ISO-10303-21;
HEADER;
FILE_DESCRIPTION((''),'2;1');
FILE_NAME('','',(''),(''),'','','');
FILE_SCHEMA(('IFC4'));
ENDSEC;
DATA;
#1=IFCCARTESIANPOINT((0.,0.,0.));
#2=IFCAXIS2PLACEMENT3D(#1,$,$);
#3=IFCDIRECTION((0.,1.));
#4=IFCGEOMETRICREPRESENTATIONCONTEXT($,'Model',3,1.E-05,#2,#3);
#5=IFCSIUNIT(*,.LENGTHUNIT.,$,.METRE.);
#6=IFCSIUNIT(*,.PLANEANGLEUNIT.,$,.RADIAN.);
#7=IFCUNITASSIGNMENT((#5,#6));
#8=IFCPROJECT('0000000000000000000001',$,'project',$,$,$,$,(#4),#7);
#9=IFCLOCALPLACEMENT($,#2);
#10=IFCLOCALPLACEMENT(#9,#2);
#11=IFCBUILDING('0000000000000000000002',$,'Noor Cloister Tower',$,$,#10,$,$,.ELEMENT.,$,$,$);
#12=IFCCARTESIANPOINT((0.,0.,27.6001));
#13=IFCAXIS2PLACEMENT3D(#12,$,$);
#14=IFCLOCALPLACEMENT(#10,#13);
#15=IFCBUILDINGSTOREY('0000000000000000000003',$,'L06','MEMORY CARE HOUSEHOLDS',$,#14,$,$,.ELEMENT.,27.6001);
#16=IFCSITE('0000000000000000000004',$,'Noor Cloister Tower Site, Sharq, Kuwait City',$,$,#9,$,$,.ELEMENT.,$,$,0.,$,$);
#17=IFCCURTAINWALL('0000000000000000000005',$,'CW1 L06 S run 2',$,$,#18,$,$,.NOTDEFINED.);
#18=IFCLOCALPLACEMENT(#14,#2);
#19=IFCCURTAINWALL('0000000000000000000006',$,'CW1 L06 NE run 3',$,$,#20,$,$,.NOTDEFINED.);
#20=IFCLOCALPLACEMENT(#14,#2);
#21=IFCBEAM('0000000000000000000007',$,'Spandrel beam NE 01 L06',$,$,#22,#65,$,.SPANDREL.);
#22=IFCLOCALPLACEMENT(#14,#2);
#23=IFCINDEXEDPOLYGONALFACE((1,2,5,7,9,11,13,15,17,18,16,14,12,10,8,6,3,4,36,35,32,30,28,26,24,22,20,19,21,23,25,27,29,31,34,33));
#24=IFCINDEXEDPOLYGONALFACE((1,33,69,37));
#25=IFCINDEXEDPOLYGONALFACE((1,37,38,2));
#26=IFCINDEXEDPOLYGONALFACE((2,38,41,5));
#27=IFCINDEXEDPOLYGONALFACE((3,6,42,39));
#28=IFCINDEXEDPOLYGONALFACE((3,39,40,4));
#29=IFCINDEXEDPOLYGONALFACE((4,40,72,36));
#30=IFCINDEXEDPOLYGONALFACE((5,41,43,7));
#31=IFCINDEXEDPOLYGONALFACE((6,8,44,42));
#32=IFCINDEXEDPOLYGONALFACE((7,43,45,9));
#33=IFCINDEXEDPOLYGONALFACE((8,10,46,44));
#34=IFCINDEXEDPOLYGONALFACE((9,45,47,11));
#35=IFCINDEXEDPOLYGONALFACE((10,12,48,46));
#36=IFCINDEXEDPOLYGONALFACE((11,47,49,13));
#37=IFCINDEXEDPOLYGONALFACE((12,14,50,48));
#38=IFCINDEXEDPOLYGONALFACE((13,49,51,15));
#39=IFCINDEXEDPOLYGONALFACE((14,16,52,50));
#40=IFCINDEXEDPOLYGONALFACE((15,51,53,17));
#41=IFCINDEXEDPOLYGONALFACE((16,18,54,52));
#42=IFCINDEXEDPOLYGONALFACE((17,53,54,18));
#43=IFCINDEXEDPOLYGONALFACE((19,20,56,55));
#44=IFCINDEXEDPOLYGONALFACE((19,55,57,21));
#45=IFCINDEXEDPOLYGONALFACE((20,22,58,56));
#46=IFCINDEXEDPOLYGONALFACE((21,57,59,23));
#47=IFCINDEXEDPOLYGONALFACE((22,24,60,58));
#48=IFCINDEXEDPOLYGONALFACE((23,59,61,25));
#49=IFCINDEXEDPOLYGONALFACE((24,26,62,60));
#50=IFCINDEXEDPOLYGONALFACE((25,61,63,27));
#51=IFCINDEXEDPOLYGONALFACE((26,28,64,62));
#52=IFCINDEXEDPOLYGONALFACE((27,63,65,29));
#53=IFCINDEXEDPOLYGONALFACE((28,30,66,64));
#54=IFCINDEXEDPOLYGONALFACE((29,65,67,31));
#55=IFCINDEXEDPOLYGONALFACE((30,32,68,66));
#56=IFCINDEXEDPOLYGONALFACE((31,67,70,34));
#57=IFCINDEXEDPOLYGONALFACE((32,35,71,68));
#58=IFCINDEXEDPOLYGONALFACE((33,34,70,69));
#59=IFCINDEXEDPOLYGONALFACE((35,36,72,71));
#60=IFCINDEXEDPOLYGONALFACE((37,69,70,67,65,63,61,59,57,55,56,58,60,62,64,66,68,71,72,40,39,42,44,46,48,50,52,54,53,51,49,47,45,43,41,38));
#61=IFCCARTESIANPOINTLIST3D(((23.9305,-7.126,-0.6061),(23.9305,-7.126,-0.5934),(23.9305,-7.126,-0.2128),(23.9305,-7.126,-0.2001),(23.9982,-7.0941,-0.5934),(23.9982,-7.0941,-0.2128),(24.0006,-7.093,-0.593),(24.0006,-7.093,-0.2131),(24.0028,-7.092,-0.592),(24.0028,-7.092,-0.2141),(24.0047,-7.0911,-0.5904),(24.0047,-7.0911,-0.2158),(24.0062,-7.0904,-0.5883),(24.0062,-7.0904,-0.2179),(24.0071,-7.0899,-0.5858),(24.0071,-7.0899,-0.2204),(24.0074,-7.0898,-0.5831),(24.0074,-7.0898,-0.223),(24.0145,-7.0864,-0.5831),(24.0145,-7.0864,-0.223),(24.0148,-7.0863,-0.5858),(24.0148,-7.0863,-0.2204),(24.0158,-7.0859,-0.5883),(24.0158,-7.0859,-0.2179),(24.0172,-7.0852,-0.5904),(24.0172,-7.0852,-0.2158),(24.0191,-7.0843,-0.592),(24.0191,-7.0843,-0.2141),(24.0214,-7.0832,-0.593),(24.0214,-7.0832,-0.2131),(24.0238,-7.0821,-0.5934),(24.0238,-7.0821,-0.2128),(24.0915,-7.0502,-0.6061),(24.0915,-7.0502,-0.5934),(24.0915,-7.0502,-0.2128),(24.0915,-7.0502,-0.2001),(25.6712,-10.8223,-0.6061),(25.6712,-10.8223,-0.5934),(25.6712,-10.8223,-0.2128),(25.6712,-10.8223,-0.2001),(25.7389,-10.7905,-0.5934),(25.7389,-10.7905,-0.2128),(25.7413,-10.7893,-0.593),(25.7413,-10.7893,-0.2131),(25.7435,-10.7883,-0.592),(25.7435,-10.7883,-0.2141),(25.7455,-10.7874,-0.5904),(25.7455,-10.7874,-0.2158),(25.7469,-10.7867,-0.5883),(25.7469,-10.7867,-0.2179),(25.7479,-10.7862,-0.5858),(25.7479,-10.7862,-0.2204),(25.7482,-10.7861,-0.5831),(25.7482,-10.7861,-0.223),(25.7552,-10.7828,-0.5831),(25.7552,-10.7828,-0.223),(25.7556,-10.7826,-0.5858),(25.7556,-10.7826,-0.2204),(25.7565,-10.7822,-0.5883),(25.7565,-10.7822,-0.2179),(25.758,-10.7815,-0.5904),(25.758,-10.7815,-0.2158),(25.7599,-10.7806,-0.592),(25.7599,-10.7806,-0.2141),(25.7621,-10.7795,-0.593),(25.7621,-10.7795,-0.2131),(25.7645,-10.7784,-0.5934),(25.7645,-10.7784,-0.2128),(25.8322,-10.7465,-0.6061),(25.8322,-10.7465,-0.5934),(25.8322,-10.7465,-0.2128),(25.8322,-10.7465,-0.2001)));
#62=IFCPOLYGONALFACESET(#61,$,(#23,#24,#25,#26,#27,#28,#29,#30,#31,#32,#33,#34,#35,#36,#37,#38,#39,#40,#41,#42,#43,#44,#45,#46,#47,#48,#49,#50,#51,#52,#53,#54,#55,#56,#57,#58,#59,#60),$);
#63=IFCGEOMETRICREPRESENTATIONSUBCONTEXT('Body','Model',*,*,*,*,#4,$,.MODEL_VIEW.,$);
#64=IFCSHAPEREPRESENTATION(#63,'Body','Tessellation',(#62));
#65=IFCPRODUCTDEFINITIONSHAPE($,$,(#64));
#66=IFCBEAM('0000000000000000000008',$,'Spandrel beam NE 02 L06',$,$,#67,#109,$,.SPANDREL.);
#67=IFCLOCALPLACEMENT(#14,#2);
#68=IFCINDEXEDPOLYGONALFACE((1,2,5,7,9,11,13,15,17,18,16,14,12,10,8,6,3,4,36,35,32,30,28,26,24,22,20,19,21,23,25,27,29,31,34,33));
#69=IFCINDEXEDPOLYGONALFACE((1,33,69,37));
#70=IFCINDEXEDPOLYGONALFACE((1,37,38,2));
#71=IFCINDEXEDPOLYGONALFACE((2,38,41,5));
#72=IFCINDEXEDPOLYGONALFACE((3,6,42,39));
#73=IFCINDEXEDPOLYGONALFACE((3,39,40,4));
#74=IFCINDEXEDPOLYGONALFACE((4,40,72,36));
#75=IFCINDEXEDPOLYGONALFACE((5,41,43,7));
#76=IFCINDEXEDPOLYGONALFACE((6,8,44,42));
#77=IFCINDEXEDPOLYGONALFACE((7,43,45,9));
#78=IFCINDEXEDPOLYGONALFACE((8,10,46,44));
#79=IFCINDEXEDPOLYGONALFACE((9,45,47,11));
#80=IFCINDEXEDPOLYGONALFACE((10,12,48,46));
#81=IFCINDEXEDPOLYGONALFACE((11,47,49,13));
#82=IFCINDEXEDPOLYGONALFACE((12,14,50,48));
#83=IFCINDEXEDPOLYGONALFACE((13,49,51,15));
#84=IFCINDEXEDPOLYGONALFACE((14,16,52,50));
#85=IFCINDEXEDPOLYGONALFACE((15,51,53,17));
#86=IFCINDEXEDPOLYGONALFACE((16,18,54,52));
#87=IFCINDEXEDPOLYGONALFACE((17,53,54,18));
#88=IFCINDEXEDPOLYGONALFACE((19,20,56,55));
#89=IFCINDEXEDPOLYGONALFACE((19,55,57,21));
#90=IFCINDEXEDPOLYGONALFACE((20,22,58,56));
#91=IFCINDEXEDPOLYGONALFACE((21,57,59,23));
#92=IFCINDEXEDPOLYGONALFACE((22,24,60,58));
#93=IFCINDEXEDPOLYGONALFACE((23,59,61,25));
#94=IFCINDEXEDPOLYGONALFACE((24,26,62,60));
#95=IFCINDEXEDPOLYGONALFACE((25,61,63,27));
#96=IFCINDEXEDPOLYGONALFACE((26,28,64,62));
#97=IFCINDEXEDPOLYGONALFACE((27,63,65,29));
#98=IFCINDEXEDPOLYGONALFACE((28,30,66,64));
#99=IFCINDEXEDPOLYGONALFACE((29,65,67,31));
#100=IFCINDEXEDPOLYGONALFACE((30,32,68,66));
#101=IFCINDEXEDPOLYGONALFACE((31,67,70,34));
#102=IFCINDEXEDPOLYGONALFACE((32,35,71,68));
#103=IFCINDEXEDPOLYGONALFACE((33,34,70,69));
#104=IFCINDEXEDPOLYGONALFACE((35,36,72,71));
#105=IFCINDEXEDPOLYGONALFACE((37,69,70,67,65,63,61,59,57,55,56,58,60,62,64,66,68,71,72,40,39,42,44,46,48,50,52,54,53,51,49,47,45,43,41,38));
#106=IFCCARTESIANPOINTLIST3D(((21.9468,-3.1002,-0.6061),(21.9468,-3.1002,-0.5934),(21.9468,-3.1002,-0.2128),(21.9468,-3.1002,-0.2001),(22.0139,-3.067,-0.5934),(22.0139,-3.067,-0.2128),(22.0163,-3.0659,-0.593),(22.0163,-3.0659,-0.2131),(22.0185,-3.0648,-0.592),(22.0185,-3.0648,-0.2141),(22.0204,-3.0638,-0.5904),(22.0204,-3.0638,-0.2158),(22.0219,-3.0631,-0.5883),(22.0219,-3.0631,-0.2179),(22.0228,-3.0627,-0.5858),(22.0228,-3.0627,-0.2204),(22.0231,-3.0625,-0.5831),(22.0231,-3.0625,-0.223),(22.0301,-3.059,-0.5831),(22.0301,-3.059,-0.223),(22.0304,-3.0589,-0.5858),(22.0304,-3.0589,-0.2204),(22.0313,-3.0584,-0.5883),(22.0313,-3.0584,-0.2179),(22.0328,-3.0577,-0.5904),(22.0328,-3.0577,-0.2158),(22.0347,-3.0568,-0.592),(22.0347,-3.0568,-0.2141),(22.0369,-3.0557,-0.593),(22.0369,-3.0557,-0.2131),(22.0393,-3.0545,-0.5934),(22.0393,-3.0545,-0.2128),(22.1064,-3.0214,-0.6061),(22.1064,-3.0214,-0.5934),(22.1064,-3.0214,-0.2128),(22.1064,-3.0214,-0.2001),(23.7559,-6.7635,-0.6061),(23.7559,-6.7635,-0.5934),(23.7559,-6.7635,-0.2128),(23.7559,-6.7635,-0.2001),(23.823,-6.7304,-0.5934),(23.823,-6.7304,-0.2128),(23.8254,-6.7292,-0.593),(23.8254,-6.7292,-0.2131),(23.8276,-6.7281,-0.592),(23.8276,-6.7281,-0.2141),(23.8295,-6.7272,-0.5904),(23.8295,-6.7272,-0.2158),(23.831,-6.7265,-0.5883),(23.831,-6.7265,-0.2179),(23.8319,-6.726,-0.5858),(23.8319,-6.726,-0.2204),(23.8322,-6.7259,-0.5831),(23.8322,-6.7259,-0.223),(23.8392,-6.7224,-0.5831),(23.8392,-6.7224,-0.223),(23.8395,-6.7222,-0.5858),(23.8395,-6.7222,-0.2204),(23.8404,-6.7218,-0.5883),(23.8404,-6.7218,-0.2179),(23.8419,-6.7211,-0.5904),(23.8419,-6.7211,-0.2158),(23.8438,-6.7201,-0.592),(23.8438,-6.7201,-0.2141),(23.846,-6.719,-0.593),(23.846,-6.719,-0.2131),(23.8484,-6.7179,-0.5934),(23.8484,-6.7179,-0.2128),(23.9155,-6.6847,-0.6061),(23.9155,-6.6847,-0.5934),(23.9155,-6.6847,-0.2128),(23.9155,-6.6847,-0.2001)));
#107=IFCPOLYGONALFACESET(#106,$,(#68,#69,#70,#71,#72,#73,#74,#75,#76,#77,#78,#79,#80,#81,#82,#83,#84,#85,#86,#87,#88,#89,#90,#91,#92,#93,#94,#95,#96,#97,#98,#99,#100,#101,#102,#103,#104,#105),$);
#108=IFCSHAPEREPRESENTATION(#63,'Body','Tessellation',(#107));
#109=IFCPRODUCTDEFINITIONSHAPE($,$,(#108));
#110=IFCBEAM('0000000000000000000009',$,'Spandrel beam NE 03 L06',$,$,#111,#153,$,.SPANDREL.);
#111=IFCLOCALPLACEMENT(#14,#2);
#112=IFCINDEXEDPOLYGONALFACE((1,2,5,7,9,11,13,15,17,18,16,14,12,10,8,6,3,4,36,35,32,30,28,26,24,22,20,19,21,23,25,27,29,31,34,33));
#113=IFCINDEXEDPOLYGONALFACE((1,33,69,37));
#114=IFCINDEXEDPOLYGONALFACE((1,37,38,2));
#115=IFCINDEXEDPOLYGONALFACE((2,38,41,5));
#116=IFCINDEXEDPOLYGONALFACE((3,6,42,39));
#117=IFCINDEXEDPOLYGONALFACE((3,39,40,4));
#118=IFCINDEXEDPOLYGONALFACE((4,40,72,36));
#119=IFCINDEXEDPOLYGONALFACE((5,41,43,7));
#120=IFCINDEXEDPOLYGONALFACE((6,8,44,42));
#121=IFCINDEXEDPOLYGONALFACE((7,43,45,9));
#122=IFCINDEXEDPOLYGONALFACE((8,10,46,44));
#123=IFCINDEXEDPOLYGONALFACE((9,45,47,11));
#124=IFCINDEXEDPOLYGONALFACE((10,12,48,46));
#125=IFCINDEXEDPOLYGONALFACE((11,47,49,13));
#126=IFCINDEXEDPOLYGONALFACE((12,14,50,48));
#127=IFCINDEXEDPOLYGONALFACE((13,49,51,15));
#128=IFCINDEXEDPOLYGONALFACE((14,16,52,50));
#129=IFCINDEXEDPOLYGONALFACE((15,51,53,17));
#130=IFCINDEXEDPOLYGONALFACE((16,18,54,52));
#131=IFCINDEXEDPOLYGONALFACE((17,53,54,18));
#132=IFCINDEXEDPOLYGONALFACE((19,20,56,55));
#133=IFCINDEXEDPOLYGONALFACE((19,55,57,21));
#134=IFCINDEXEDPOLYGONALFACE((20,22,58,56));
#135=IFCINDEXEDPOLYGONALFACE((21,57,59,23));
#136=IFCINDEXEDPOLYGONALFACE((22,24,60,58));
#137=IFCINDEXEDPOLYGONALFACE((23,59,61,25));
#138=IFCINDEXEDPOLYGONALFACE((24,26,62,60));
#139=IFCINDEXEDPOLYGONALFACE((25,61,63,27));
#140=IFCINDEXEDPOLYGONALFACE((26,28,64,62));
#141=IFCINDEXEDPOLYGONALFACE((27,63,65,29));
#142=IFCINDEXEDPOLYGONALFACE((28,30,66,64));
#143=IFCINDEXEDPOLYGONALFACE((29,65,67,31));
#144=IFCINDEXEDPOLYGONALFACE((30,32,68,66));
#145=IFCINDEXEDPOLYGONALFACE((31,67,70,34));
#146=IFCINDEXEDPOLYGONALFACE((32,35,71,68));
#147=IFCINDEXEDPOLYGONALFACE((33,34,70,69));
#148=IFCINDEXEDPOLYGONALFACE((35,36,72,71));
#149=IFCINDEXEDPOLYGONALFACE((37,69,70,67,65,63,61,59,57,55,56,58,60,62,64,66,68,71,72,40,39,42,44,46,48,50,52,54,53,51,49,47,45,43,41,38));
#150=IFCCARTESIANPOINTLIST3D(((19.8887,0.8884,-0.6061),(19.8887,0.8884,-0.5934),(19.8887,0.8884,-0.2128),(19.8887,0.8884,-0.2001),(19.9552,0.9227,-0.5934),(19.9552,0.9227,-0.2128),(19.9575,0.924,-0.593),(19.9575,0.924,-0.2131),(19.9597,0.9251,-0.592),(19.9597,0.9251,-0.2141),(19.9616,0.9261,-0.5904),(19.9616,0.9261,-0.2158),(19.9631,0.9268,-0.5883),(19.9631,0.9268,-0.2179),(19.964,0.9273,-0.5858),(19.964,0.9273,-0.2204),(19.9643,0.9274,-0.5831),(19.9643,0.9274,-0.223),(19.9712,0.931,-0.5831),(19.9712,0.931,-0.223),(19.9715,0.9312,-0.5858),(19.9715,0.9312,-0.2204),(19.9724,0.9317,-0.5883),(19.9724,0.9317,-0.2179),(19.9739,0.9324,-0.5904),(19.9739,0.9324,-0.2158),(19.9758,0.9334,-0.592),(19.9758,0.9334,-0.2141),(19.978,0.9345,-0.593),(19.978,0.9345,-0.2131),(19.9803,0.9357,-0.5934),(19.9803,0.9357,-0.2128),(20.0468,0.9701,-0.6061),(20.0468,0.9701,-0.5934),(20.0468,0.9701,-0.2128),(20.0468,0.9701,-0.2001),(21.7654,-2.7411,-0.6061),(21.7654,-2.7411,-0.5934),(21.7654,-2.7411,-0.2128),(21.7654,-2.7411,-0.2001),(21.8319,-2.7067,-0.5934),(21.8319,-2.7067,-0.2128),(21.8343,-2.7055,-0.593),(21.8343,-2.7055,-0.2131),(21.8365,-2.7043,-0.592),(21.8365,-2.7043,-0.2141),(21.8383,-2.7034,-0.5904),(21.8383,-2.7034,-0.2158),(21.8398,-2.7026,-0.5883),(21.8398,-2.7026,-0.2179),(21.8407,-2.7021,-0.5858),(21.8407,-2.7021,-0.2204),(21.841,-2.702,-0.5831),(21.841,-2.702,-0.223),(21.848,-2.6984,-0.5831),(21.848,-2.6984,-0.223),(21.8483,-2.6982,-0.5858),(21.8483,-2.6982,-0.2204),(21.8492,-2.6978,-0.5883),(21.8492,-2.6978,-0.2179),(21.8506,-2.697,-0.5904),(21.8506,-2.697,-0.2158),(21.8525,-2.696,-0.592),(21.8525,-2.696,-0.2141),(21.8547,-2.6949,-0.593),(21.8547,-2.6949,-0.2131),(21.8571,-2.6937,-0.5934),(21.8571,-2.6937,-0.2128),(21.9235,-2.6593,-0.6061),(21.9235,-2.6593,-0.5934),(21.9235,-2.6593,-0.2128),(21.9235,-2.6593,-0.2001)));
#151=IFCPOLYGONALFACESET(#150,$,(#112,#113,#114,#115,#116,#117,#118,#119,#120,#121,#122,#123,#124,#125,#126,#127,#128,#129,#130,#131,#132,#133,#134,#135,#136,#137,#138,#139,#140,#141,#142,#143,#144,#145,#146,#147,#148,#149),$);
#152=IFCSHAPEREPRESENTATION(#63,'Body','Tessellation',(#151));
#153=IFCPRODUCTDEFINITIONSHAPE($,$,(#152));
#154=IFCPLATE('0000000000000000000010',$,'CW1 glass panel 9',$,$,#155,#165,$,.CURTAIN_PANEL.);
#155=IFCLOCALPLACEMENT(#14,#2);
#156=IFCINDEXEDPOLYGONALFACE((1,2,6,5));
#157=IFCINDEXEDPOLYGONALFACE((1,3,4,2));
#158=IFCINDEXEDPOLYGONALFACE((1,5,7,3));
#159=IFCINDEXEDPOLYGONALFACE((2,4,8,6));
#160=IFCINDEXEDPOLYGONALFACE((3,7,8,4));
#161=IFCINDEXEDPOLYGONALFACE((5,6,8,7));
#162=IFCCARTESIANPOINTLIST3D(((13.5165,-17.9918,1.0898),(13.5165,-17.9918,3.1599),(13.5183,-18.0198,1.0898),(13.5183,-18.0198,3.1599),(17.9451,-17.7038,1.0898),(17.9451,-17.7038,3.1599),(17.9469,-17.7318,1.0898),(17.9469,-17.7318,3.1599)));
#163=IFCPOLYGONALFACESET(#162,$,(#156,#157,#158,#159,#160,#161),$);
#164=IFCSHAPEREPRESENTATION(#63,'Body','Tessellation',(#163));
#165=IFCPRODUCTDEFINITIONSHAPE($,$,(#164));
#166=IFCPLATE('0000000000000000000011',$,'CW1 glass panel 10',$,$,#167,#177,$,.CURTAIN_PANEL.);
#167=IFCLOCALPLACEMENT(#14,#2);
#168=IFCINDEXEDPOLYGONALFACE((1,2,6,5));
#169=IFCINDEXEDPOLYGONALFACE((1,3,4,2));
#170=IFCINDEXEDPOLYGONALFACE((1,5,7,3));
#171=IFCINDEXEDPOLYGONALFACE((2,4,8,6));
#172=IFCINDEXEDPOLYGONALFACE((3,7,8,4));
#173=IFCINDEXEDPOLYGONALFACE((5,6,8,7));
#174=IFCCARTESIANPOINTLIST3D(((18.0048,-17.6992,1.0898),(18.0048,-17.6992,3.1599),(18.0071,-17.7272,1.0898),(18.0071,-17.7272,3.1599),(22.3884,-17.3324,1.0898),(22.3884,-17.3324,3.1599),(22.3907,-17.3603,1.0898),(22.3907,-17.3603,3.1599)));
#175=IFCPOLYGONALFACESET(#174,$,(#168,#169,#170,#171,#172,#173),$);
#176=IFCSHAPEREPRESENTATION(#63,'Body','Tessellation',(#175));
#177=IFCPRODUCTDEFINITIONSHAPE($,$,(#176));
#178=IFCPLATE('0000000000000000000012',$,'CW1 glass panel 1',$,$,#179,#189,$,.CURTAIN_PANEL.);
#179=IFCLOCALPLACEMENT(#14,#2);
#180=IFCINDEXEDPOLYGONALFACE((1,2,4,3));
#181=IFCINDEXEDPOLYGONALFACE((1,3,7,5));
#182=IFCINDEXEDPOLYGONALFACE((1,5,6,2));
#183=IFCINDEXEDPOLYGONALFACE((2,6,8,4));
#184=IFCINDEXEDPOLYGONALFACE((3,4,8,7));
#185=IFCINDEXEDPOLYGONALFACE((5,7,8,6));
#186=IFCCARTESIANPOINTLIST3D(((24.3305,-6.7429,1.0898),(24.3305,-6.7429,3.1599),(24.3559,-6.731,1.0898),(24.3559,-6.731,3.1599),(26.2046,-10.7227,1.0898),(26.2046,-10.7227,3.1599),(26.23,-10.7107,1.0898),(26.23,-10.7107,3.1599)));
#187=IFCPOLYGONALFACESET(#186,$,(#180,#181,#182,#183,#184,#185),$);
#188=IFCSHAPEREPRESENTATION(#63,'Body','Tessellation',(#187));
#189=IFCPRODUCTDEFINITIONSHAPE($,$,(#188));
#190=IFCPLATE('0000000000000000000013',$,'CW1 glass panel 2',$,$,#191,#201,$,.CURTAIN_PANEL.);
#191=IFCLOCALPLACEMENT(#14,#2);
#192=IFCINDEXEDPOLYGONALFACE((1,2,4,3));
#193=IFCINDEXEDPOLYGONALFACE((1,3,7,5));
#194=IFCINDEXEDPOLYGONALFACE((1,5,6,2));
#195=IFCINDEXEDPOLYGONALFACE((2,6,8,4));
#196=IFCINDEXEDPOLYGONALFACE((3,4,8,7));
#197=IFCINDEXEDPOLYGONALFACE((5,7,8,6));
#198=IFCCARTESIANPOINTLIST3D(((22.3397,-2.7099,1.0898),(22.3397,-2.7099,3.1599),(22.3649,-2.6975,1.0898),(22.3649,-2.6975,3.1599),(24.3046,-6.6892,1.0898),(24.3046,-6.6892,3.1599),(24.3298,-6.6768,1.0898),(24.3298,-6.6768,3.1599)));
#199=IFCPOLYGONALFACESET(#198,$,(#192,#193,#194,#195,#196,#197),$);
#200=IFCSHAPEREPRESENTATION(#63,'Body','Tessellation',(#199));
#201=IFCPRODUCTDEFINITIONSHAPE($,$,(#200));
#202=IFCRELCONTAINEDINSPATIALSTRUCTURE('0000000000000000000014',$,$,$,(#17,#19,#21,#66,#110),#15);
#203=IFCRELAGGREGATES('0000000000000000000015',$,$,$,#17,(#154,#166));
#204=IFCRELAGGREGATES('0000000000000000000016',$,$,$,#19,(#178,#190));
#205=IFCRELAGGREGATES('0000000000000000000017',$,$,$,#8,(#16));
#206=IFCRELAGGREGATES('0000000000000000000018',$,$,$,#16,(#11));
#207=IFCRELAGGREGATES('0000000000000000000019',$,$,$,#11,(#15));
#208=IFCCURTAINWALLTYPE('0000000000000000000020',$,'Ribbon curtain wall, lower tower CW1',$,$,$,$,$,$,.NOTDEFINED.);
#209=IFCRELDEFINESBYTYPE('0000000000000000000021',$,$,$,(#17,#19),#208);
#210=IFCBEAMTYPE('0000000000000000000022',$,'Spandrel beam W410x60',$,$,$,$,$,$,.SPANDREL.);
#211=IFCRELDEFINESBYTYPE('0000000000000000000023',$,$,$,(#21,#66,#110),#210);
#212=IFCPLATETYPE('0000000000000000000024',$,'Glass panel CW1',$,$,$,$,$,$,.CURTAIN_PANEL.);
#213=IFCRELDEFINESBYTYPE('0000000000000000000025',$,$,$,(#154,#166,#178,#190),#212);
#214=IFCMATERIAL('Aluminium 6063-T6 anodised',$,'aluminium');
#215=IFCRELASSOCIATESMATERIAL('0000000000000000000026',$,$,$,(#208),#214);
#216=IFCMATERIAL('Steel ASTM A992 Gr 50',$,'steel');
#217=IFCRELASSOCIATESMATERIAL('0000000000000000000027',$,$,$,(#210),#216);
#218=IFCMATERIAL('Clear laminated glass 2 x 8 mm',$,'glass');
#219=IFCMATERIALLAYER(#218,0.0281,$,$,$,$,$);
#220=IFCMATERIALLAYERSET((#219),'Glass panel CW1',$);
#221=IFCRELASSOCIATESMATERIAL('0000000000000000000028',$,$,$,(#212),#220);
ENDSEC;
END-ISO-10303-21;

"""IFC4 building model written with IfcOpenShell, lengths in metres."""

from ifc_helpers import new_model, si_unit, direction, frame, origin, origin_2d, place, context, subcontext, project, spatial, rectangle, i_section, extrude, material, layer, layer_set, material_profile, profile_set, type_object, element, aggregate, save


model = new_model("IFC4")

# Units and contexts
model_context = context("Model", 3, precision=1e-05, world=origin(), true_north=direction((0.0, 1.0)))
body_context = subcontext(model_context, "Body", "Model", "MODEL_VIEW")
ifc_project = project(units=[si_unit("LENGTHUNIT", "METRE"), si_unit("PLANEANGLEUNIT", "RADIAN")], contexts=[model_context])

# Site, building, storey
site_placement = place(None, origin())
site = spatial("IfcSite", under=ifc_project, at=site_placement, Name="Noor Cloister Tower Site, Sharq, Kuwait City", CompositionType="ELEMENT", RefElevation=0.0)
building_placement = place(site_placement, origin())
building = spatial("IfcBuilding", under=site, at=building_placement, Name="Noor Cloister Tower", CompositionType="ELEMENT")
storey_placement = place(building_placement, frame((0.0, 0.0, 27.6001)))
storey = spatial("IfcBuildingStorey", under=building, at=storey_placement, Name="L06", Description="MEMORY CARE HOUSEHOLDS", CompositionType="ELEMENT", Elevation=27.6001)

# Curtain walls
ifc_material_1 = material(Name="Aluminium 6063-T6 anodised", Category="aluminium")
curtain_wall_type = type_object("IfcCurtainWallType", Name="Ribbon curtain wall, lower tower CW1", PredefinedType="NOTDEFINED", material=ifc_material_1)
curtain_wall_1_placement = place(storey_placement, origin())
curtain_wall_1 = element("IfcCurtainWall", 1, at=curtain_wall_1_placement, inside=storey, type_object=curtain_wall_type, Name="CW1 L06 S run 2", PredefinedType="NOTDEFINED")
curtain_wall_2_placement = place(storey_placement, origin())
curtain_wall_2 = element("IfcCurtainWall", 2, at=curtain_wall_2_placement, inside=storey, type_object=curtain_wall_type, Name="CW1 L06 NE run 3", PredefinedType="NOTDEFINED")

# Beams
ifc_material_2 = material(Name="Steel ASTM A992 Gr 50", Category="steel")
ifc_material_profile_1 = material_profile(ifc_material_2, i_section(OverallWidth=0.178, OverallDepth=0.406, WebThickness=0.0078, FlangeThickness=0.0127, FilletRadius=0.0103, at=origin_2d()), Name="W410x60")
ifc_profile_set_1 = profile_set([ifc_material_profile_1], Name="Steel ASTM A992 Gr 50")
beam_type_1 = type_object("IfcBeamType", Name="Spandrel beam W410x60", PredefinedType="SPANDREL", material=ifc_profile_set_1)
for number, where, z_axis, x_axis, name in (
    (3, (25.7517, -10.7844, -0.4031), (-0.426056, 0.904697, 0.0), (-0.904697, -0.426056, 0.0), "Spandrel beam NE 01 L06"),
    (4, (23.8357, -6.7241, -0.4031), (-0.442786, 0.896627, 0.0), (-0.896627, -0.442786, 0.0), "Spandrel beam NE 02 L06"),
):
    element("IfcBeam", number, at=place(storey_placement, frame(where, z_axis=z_axis, x_axis=x_axis)), inside=storey, type_object=beam_type_1, Name=name, PredefinedType="SPANDREL", context=body_context, shape_type="SweptSolid", body=[
        extrude(i_section(OverallWidth=0.178, OverallDepth=0.406, WebThickness=0.0078, FlangeThickness=0.0127, FilletRadius=0.0103, at=origin_2d()), origin(), (0.0, 0.0, 1.0), 4.0857),
    ])
beam_1_placement = place(storey_placement, frame((21.8445, -2.7002, -0.4031), z_axis=(-0.459314, 0.888274, 0.0), x_axis=(-0.888274, -0.459314, 0.0)))
element("IfcBeam", 5, at=beam_1_placement, inside=storey, type_object=beam_type_1, Name="Spandrel beam NE 03 L06", PredefinedType="SPANDREL", context=body_context, shape_type="SweptSolid", body=[
    extrude(i_section(OverallWidth=0.178, OverallDepth=0.406, WebThickness=0.0078, FlangeThickness=0.0127, FilletRadius=0.0103, at=origin_2d()), origin(), (0.0, 0.0, 1.0), 4.0859),
])

# Plates
ifc_material_3 = material(Name="Clear laminated glass 2 x 8 mm", Category="glass")
ifc_layer_1 = layer(ifc_material_3, 0.0281)
ifc_layer_set_1 = layer_set([ifc_layer_1], Name="Glass panel CW1")
plate_type = type_object("IfcPlateType", Name="Glass panel CW1", PredefinedType="CURTAIN_PANEL", material=ifc_layer_set_1)
plate_1_placement = place(storey_placement, frame((15.7317, -17.8618, 1.0898), z_axis=(0.0, 0.0, 1.0), x_axis=(0.997892, 0.064893, 0.0)))
plate_1 = element("IfcPlate", 6, at=plate_1_placement, type_object=plate_type, Name="CW1 glass panel 9", PredefinedType="CURTAIN_PANEL", context=body_context, shape_type="SweptSolid", body=[
    extrude(rectangle(XDim=4.438, YDim=0.0281, at=origin_2d()), origin(), (0.0, 0.0, 1.0), 2.0701),
])
plate_2_placement = place(storey_placement, frame((20.1978, -17.5298, 1.0898), z_axis=(0.0, 0.0, 1.0), x_axis=(0.996517, 0.083396, 0.0)))
plate_2 = element("IfcPlate", 7, at=plate_2_placement, type_object=plate_type, Name="CW1 glass panel 10", PredefinedType="CURTAIN_PANEL", context=body_context, shape_type="SweptSolid", body=[
    extrude(rectangle(XDim=4.3989, YDim=0.0281, at=origin_2d()), origin(), (0.0, 0.0, 1.0), 2.0701),
])
aggregate(curtain_wall_1, [plate_1, plate_2])
plate_3_placement = place(storey_placement, frame((25.2803, -8.7268, 1.0898), z_axis=(0.0, 0.0, 1.0), x_axis=(-0.426036, 0.904706, 0.0)))
plate_3 = element("IfcPlate", 8, at=plate_3_placement, type_object=plate_type, Name="CW1 glass panel 1", PredefinedType="CURTAIN_PANEL", context=body_context, shape_type="SweptSolid", body=[
    extrude(rectangle(XDim=4.3989, YDim=0.0281, at=origin_2d()), origin(), (0.0, 0.0, 1.0), 2.0701),
])
plate_4_placement = place(storey_placement, frame((23.3347, -4.6934, 1.0898), z_axis=(0.0, 0.0, 1.0), x_axis=(-0.442747, 0.896647, 0.0)))
plate_4 = element("IfcPlate", 9, at=plate_4_placement, type_object=plate_type, Name="CW1 glass panel 2", PredefinedType="CURTAIN_PANEL", context=body_context, shape_type="SweptSolid", body=[
    extrude(rectangle(XDim=4.438, YDim=0.0281, at=origin_2d()), origin(), (0.0, 0.0, 1.0), 2.0701),
])
aggregate(curtain_wall_2, [plate_3, plate_4])

save(model, "model.ifc")
